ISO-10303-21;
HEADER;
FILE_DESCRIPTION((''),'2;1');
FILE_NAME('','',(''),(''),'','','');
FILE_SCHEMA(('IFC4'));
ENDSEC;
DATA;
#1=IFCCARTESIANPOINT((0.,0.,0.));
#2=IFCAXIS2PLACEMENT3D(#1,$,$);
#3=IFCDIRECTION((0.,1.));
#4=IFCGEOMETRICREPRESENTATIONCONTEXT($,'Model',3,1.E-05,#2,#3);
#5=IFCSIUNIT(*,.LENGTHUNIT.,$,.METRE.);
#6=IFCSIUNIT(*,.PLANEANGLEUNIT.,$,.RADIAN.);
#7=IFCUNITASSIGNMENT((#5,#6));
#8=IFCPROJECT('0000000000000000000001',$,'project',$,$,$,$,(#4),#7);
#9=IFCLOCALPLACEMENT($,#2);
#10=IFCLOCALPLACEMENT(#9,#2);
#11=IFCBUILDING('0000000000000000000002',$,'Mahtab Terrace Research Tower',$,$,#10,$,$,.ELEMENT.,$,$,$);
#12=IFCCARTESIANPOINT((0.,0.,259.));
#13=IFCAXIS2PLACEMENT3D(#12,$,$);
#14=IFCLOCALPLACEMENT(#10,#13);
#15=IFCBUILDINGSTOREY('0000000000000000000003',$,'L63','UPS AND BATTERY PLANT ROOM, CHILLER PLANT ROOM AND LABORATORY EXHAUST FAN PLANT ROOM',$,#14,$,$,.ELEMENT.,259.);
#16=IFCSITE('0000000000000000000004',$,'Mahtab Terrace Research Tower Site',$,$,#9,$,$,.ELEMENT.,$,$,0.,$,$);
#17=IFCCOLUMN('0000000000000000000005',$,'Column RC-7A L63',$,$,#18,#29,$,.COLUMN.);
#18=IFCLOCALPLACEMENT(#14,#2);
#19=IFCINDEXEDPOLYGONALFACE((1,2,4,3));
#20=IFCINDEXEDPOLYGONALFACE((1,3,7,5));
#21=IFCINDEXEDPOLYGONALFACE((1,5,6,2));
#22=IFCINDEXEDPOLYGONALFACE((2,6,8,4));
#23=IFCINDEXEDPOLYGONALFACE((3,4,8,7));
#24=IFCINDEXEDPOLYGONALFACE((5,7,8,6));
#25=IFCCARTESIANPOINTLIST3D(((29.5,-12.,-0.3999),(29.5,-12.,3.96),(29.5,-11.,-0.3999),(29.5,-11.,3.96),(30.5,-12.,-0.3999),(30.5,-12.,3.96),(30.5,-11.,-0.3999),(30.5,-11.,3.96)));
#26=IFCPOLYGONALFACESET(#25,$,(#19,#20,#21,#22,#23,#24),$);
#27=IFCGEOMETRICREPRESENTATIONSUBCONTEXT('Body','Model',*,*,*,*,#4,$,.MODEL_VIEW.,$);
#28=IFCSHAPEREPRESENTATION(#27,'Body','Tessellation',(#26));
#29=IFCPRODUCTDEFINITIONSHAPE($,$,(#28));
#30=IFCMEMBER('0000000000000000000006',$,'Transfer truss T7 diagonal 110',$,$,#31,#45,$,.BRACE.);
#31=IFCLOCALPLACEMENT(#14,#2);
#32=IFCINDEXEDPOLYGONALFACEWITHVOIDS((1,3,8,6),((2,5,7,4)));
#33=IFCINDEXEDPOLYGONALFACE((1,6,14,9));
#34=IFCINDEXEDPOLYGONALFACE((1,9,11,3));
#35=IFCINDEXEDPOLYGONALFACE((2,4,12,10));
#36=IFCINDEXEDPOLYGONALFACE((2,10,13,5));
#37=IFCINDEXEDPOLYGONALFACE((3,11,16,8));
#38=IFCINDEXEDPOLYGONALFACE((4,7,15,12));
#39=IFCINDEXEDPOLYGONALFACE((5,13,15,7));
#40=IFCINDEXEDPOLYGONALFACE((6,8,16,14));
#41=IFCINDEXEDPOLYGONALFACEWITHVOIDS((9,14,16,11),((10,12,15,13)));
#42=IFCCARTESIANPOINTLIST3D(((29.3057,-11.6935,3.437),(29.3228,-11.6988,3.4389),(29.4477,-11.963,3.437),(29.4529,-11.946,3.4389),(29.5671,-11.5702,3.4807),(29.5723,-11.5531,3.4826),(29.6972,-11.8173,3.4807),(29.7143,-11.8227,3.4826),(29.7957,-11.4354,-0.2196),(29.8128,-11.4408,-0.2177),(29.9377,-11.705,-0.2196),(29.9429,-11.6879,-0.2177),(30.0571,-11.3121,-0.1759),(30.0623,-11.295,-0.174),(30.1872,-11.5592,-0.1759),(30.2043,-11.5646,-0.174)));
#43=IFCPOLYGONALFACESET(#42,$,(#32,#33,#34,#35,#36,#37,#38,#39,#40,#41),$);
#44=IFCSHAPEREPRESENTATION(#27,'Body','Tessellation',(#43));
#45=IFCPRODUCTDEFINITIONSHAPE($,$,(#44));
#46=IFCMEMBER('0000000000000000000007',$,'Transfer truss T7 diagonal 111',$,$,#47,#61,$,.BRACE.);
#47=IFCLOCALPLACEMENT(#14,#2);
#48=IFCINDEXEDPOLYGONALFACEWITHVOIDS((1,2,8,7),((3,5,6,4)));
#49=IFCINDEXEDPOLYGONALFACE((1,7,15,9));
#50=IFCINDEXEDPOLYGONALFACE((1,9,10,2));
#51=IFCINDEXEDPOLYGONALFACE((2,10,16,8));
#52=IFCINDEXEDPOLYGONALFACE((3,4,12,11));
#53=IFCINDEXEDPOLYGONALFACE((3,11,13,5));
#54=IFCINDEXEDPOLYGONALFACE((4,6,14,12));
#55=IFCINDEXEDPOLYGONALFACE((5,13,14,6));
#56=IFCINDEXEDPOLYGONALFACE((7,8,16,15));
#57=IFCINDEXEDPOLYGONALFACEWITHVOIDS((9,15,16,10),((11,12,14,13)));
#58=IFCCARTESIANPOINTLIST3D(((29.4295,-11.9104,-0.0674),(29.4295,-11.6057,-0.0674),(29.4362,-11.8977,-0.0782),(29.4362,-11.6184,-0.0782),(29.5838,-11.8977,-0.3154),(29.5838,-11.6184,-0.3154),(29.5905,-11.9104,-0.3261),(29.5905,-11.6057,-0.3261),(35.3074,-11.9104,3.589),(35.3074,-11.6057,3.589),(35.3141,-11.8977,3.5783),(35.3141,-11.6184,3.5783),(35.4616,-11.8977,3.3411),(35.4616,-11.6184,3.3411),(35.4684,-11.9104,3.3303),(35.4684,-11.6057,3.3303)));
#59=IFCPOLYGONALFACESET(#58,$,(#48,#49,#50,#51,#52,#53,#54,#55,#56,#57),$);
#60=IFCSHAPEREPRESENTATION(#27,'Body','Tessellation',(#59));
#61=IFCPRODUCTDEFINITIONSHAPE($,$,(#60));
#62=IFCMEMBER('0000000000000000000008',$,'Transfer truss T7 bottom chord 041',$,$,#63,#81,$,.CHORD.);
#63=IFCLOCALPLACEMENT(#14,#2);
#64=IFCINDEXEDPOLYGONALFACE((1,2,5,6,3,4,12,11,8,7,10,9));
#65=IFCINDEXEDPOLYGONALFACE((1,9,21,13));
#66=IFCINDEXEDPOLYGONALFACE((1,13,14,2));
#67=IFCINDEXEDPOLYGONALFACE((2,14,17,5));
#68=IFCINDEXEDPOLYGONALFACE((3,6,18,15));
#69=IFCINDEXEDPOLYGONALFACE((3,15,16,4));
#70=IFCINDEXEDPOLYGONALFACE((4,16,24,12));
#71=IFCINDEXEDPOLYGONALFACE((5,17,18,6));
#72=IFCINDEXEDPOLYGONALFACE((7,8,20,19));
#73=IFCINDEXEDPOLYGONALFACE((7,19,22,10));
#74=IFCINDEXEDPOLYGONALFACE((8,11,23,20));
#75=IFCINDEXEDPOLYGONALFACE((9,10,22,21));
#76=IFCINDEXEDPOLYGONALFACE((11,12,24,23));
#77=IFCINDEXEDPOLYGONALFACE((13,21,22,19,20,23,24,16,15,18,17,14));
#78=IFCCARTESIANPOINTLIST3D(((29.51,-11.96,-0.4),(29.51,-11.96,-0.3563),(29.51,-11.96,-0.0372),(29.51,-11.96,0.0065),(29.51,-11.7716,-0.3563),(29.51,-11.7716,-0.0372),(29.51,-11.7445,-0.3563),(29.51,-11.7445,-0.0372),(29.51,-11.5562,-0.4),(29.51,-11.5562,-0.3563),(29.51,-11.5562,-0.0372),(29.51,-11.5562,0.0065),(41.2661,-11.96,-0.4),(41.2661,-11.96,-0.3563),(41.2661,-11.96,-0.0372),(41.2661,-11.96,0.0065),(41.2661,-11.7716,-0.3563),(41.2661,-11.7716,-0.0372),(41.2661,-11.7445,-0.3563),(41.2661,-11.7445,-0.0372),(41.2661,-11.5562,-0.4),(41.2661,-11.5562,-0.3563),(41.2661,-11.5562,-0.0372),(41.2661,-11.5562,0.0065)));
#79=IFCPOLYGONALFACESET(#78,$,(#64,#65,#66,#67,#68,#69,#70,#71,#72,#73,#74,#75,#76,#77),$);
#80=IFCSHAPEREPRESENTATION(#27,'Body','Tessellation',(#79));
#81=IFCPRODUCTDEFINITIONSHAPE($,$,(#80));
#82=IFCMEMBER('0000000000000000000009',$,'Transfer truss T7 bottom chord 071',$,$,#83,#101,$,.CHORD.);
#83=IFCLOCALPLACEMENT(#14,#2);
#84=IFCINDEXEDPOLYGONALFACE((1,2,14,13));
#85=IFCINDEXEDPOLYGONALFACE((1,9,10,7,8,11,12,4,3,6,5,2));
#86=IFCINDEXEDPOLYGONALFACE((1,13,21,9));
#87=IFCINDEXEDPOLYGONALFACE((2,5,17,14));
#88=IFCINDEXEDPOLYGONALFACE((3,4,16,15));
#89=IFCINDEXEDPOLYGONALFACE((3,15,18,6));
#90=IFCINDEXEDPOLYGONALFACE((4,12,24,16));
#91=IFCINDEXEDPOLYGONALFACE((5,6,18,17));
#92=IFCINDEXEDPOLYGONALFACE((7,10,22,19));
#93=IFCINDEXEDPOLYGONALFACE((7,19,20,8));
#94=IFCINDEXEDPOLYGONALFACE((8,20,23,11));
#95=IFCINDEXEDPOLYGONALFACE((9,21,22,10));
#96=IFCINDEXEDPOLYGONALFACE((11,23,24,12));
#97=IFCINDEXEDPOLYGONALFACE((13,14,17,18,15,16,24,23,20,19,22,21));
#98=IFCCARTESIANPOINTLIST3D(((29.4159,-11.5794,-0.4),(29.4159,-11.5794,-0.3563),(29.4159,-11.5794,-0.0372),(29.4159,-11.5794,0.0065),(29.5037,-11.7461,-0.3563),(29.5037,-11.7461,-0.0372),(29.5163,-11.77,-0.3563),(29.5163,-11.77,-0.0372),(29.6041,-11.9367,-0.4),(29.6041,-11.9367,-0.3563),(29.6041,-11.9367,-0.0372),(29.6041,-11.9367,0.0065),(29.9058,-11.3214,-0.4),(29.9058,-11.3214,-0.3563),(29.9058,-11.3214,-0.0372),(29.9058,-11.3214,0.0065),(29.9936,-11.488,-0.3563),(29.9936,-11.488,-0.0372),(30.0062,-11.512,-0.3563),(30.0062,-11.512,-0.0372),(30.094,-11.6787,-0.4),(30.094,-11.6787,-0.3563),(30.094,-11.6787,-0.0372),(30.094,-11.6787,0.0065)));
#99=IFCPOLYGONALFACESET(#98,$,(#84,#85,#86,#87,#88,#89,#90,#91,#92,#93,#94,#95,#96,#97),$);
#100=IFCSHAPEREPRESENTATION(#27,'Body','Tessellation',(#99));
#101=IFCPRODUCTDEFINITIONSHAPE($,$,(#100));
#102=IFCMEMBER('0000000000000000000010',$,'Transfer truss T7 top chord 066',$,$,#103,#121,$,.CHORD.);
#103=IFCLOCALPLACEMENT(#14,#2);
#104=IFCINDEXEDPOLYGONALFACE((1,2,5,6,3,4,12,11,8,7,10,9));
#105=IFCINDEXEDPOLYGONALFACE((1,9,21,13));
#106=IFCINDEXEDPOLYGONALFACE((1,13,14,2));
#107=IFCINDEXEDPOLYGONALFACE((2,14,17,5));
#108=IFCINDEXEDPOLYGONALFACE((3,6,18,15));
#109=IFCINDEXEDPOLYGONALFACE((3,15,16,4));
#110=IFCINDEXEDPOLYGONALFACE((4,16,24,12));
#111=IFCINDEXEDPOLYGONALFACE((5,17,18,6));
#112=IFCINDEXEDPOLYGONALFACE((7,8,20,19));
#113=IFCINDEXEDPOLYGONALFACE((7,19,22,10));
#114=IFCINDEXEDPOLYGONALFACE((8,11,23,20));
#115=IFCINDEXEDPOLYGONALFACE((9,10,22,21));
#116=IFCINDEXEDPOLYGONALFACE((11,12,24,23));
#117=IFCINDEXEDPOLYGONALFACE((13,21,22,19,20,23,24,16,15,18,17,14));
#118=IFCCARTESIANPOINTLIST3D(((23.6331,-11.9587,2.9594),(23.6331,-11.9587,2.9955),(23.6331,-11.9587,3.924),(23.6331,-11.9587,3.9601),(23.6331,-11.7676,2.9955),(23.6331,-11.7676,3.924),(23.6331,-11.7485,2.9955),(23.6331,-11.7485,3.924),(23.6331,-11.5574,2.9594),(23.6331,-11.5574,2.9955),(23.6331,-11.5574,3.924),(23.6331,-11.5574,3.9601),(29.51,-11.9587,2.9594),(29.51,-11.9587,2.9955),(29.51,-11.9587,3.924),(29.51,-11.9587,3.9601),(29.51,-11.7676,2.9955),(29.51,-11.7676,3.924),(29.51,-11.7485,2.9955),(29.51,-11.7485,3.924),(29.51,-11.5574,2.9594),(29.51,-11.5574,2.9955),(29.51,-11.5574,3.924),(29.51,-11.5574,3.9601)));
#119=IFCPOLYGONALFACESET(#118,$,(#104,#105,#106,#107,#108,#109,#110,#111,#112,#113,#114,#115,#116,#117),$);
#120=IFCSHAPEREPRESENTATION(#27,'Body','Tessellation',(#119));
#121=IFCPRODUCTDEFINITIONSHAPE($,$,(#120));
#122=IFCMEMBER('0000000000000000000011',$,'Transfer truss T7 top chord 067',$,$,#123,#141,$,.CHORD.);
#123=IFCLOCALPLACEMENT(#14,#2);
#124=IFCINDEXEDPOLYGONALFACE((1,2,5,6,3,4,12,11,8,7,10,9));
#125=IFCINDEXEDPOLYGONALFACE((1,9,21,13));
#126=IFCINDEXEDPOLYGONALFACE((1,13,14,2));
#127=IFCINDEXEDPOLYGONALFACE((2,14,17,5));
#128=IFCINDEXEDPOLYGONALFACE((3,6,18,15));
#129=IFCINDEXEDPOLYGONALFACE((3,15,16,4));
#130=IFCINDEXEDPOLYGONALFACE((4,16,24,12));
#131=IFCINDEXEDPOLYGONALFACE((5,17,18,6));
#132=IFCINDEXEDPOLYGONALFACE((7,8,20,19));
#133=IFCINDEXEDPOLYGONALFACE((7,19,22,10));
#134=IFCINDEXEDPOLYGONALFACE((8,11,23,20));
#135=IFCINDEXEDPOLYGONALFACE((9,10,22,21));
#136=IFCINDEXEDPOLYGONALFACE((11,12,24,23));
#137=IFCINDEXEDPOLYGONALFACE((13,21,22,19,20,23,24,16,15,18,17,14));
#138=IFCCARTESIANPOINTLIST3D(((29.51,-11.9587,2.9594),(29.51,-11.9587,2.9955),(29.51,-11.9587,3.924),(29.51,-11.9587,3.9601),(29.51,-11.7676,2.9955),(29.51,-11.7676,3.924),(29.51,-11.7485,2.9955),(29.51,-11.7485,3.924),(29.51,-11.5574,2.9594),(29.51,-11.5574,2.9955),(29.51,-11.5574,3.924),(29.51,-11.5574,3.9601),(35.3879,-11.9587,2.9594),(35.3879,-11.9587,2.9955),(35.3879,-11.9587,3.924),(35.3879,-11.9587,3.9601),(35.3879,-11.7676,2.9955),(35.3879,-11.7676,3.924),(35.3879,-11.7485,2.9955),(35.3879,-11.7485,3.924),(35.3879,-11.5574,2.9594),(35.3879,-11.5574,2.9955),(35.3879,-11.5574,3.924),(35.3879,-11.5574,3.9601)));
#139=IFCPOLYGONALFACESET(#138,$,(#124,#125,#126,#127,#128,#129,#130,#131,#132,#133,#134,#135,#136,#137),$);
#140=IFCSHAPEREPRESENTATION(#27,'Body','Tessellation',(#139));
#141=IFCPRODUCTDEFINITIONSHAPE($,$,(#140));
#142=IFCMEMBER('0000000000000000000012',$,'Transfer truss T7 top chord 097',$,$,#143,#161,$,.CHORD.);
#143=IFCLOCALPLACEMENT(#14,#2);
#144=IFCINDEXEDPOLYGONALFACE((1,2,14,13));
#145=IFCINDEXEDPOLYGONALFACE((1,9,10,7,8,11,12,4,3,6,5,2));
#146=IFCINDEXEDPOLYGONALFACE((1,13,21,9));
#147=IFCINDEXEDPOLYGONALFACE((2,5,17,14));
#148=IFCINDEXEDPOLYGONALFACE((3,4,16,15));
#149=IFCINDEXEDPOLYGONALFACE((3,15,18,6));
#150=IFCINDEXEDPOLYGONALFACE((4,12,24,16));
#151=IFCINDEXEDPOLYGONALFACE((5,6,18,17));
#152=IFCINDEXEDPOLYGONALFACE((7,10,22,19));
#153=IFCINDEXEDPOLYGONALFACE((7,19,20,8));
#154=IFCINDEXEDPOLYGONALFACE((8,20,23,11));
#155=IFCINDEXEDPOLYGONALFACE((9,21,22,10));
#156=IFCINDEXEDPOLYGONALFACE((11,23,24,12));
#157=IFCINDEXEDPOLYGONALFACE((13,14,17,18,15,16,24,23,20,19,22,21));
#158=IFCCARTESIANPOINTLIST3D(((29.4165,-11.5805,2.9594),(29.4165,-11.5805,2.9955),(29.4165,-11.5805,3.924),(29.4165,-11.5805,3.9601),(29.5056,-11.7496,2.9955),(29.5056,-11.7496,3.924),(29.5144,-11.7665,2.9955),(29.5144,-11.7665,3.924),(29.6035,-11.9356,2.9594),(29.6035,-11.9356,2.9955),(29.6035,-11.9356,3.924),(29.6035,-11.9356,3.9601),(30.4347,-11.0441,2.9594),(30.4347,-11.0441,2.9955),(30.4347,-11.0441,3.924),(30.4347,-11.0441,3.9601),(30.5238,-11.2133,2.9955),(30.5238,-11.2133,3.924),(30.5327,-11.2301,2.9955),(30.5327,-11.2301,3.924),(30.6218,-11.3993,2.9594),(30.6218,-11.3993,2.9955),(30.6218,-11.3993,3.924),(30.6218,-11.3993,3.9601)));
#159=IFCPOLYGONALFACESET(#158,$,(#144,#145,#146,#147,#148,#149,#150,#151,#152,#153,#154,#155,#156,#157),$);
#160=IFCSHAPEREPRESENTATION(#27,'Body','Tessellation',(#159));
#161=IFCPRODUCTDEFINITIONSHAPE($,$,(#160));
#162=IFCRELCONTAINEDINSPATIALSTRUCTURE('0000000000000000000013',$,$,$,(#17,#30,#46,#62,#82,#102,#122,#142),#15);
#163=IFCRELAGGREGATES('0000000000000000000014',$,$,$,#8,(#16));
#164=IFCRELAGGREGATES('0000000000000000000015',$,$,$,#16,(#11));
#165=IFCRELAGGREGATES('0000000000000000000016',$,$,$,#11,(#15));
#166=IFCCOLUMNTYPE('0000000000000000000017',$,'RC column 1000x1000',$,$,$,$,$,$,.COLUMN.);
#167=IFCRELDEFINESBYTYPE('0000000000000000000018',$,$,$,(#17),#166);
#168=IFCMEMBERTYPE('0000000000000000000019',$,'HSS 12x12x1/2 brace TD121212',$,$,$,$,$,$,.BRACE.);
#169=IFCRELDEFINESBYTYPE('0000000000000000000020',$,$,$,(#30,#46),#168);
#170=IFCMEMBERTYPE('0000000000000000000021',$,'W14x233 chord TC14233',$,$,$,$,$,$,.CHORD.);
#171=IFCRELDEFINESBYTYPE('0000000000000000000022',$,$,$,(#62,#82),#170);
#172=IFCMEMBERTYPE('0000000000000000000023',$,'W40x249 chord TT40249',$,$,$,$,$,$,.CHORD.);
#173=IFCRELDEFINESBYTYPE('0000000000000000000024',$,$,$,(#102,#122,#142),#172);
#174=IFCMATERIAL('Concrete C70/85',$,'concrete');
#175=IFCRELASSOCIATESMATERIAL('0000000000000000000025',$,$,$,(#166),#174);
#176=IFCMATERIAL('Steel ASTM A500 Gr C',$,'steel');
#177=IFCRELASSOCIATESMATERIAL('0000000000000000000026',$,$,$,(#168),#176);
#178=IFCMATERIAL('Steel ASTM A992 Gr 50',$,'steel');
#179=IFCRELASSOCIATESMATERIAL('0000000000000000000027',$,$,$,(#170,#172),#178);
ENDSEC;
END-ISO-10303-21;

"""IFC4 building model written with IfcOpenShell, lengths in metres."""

from ifc_helpers import new_model, si_unit, direction, frame, origin, origin_2d, place, context, subcontext, project, spatial, rectangle, hollow_rectangle, i_section, extrude, material, material_profile, profile_set, type_object, element, save


model = new_model("IFC4")

# Units and contexts
model_context = context("Model", 3, precision=1e-05, world=origin(), true_north=direction((0.0, 1.0)))
body_context = subcontext(model_context, "Body", "Model", "MODEL_VIEW")
ifc_project = project(units=[si_unit("LENGTHUNIT", "METRE"), si_unit("PLANEANGLEUNIT", "RADIAN")], contexts=[model_context])

# Site, building, storey
site_placement = place(None, origin())
site = spatial("IfcSite", under=ifc_project, at=site_placement, Name="Mahtab Terrace Research Tower Site", CompositionType="ELEMENT", RefElevation=0.0)
building_placement = place(site_placement, origin())
building = spatial("IfcBuilding", under=site, at=building_placement, Name="Mahtab Terrace Research Tower", CompositionType="ELEMENT")
storey_placement = place(building_placement, frame((0.0, 0.0, 259.0)))
storey = spatial("IfcBuildingStorey", under=building, at=storey_placement, Name="L63", Description="UPS AND BATTERY PLANT ROOM, CHILLER PLANT ROOM AND LABORATORY EXHAUST FAN PLANT ROOM", CompositionType="ELEMENT", Elevation=259.0)

# Column
ifc_material_1 = material(Name="Concrete C70/85", Category="concrete")
ifc_material_profile_1 = material_profile(ifc_material_1, rectangle(XDim=1.0, YDim=1.0, at=origin_2d()), Name="RC column 1000x1000")
ifc_profile_set_1 = profile_set([ifc_material_profile_1], Name="Concrete C70/85")
column_type = type_object("IfcColumnType", Name="RC column 1000x1000", PredefinedType="COLUMN", material=ifc_profile_set_1)
column_placement = place(storey_placement, frame((30.0, -11.5, -0.3999), z_axis=(0.0, 0.0, 1.0), x_axis=(1.0, 0.0, 0.0)))
element("IfcColumn", 1, at=column_placement, inside=storey, type_object=column_type, Name="Column RC-7A L63", PredefinedType="COLUMN", context=body_context, shape_type="SweptSolid", body=[
    extrude(rectangle(XDim=1.0, YDim=1.0, at=origin_2d()), origin(), (0.0, 0.0, 1.0), 4.3599),
])

# Members
ifc_material_2 = material(Name="Steel ASTM A500 Gr C", Category="steel")
ifc_material_profile_2 = material_profile(ifc_material_2, hollow_rectangle(XDim=0.3047, YDim=0.3047, WallThickness=0.0127, at=origin_2d()), Name="HSS12X12X1/2")
ifc_profile_set_2 = profile_set([ifc_material_profile_2], Name="Steel ASTM A500 Gr C")
member_type_1 = type_object("IfcMemberType", Name="HSS 12x12x1/2 brace TD121212", PredefinedType="BRACE", material=ifc_profile_set_2)
member_1_placement = place(storey_placement, frame((30.0, -11.5, -0.1968), z_axis=(-0.132494, -0.069779, 0.988724), x_axis=(0.465983, -0.884794, 0.0)))
element("IfcMember", 2, at=member_1_placement, inside=storey, type_object=member_type_1, Name="Transfer truss T7 diagonal 110", PredefinedType="BRACE", context=body_context, shape_type="SweptSolid", body=[
    extrude(hollow_rectangle(XDim=0.3047, YDim=0.3047, WallThickness=0.0127, at=origin_2d()), origin(), (0.0, 0.0, 1.0), 3.6982),
])
member_2_placement = place(storey_placement, frame((29.51, -11.7581, -0.1968), z_axis=(0.849114, 0.0, 0.52821), x_axis=(0.0, 1.0, 0.0)))
element("IfcMember", 3, at=member_2_placement, inside=storey, type_object=member_type_1, Name="Transfer truss T7 diagonal 111", PredefinedType="BRACE", context=body_context, shape_type="SweptSolid", body=[
    extrude(hollow_rectangle(XDim=0.3047, YDim=0.3047, WallThickness=0.0127, at=origin_2d()), origin(), (0.0, 0.0, 1.0), 6.9224),
])
ifc_material_3 = material(Name="Steel ASTM A992 Gr 50", Category="steel")
ifc_material_profile_3 = material_profile(ifc_material_3, i_section(OverallWidth=0.4038, OverallDepth=0.4065, WebThickness=0.0271, FlangeThickness=0.0437, at=origin_2d()), Name="W14X233")
ifc_profile_set_3 = profile_set([ifc_material_profile_3], Name="Steel ASTM A992 Gr 50")
member_type_2 = type_object("IfcMemberType", Name="W14x233 chord TC14233", PredefinedType="CHORD", material=ifc_profile_set_3)
member_3_placement = place(storey_placement, frame((29.51, -11.7581, -0.1968), z_axis=(1.0, 0.0, 0.0), x_axis=(0.0, 1.0, 0.0)))
element("IfcMember", 4, at=member_3_placement, inside=storey, type_object=member_type_2, Name="Transfer truss T7 bottom chord 041", PredefinedType="CHORD", context=body_context, shape_type="SweptSolid", body=[
    extrude(i_section(OverallWidth=0.4038, OverallDepth=0.4065, WebThickness=0.0271, FlangeThickness=0.0437, at=origin_2d()), origin(), (0.0, 0.0, 1.0), 11.7561),
])
member_4_placement = place(storey_placement, frame((29.51, -11.7581, -0.1968), z_axis=(0.884794, 0.465983, 0.0), x_axis=(-0.465983, 0.884794, 0.0)))
element("IfcMember", 5, at=member_4_placement, inside=storey, type_object=member_type_2, Name="Transfer truss T7 bottom chord 071", PredefinedType="CHORD", context=body_context, shape_type="SweptSolid", body=[
    extrude(i_section(OverallWidth=0.4038, OverallDepth=0.4065, WebThickness=0.0271, FlangeThickness=0.0437, at=origin_2d()), origin(), (0.0, 0.0, 1.0), 0.5537),
])
ifc_material_profile_4 = material_profile(ifc_material_3, i_section(OverallWidth=0.4014, OverallDepth=1.0007, WebThickness=0.019, FlangeThickness=0.0361, at=origin_2d()), Name="W40X249")
ifc_profile_set_4 = profile_set([ifc_material_profile_4], Name="Steel ASTM A992 Gr 50")
member_type_3 = type_object("IfcMemberType", Name="W40x249 chord TT40249", PredefinedType="CHORD", material=ifc_profile_set_4)
member_5_placement = place(storey_placement, frame((23.6331, -11.7581, 3.4597), z_axis=(1.0, 0.0, 0.0), x_axis=(0.0, 1.0, 0.0)))
element("IfcMember", 6, at=member_5_placement, inside=storey, type_object=member_type_3, Name="Transfer truss T7 top chord 066", PredefinedType="CHORD", context=body_context, shape_type="SweptSolid", body=[
    extrude(i_section(OverallWidth=0.4014, OverallDepth=1.0007, WebThickness=0.019, FlangeThickness=0.0361, at=origin_2d()), origin(), (0.0, 0.0, 1.0), 5.877),
])
member_6_placement = place(storey_placement, frame((29.51, -11.7581, 3.4597), z_axis=(1.0, 0.0, 0.0), x_axis=(0.0, 1.0, 0.0)))
element("IfcMember", 7, at=member_6_placement, inside=storey, type_object=member_type_3, Name="Transfer truss T7 top chord 067", PredefinedType="CHORD", context=body_context, shape_type="SweptSolid", body=[
    extrude(i_section(OverallWidth=0.4014, OverallDepth=1.0007, WebThickness=0.019, FlangeThickness=0.0361, at=origin_2d()), origin(), (0.0, 0.0, 1.0), 5.8779),
])
member_7_placement = place(storey_placement, frame((29.51, -11.7581, 3.4597), z_axis=(0.884766, 0.466035, 0.0), x_axis=(-0.466035, 0.884766, 0.0)))
element("IfcMember", 8, at=member_7_placement, inside=storey, type_object=member_type_3, Name="Transfer truss T7 top chord 097", PredefinedType="CHORD", context=body_context, shape_type="SweptSolid", body=[
    extrude(i_section(OverallWidth=0.4014, OverallDepth=1.0007, WebThickness=0.019, FlangeThickness=0.0361, at=origin_2d()), origin(), (0.0, 0.0, 1.0), 1.1509),
])

save(model, "model.ifc")
